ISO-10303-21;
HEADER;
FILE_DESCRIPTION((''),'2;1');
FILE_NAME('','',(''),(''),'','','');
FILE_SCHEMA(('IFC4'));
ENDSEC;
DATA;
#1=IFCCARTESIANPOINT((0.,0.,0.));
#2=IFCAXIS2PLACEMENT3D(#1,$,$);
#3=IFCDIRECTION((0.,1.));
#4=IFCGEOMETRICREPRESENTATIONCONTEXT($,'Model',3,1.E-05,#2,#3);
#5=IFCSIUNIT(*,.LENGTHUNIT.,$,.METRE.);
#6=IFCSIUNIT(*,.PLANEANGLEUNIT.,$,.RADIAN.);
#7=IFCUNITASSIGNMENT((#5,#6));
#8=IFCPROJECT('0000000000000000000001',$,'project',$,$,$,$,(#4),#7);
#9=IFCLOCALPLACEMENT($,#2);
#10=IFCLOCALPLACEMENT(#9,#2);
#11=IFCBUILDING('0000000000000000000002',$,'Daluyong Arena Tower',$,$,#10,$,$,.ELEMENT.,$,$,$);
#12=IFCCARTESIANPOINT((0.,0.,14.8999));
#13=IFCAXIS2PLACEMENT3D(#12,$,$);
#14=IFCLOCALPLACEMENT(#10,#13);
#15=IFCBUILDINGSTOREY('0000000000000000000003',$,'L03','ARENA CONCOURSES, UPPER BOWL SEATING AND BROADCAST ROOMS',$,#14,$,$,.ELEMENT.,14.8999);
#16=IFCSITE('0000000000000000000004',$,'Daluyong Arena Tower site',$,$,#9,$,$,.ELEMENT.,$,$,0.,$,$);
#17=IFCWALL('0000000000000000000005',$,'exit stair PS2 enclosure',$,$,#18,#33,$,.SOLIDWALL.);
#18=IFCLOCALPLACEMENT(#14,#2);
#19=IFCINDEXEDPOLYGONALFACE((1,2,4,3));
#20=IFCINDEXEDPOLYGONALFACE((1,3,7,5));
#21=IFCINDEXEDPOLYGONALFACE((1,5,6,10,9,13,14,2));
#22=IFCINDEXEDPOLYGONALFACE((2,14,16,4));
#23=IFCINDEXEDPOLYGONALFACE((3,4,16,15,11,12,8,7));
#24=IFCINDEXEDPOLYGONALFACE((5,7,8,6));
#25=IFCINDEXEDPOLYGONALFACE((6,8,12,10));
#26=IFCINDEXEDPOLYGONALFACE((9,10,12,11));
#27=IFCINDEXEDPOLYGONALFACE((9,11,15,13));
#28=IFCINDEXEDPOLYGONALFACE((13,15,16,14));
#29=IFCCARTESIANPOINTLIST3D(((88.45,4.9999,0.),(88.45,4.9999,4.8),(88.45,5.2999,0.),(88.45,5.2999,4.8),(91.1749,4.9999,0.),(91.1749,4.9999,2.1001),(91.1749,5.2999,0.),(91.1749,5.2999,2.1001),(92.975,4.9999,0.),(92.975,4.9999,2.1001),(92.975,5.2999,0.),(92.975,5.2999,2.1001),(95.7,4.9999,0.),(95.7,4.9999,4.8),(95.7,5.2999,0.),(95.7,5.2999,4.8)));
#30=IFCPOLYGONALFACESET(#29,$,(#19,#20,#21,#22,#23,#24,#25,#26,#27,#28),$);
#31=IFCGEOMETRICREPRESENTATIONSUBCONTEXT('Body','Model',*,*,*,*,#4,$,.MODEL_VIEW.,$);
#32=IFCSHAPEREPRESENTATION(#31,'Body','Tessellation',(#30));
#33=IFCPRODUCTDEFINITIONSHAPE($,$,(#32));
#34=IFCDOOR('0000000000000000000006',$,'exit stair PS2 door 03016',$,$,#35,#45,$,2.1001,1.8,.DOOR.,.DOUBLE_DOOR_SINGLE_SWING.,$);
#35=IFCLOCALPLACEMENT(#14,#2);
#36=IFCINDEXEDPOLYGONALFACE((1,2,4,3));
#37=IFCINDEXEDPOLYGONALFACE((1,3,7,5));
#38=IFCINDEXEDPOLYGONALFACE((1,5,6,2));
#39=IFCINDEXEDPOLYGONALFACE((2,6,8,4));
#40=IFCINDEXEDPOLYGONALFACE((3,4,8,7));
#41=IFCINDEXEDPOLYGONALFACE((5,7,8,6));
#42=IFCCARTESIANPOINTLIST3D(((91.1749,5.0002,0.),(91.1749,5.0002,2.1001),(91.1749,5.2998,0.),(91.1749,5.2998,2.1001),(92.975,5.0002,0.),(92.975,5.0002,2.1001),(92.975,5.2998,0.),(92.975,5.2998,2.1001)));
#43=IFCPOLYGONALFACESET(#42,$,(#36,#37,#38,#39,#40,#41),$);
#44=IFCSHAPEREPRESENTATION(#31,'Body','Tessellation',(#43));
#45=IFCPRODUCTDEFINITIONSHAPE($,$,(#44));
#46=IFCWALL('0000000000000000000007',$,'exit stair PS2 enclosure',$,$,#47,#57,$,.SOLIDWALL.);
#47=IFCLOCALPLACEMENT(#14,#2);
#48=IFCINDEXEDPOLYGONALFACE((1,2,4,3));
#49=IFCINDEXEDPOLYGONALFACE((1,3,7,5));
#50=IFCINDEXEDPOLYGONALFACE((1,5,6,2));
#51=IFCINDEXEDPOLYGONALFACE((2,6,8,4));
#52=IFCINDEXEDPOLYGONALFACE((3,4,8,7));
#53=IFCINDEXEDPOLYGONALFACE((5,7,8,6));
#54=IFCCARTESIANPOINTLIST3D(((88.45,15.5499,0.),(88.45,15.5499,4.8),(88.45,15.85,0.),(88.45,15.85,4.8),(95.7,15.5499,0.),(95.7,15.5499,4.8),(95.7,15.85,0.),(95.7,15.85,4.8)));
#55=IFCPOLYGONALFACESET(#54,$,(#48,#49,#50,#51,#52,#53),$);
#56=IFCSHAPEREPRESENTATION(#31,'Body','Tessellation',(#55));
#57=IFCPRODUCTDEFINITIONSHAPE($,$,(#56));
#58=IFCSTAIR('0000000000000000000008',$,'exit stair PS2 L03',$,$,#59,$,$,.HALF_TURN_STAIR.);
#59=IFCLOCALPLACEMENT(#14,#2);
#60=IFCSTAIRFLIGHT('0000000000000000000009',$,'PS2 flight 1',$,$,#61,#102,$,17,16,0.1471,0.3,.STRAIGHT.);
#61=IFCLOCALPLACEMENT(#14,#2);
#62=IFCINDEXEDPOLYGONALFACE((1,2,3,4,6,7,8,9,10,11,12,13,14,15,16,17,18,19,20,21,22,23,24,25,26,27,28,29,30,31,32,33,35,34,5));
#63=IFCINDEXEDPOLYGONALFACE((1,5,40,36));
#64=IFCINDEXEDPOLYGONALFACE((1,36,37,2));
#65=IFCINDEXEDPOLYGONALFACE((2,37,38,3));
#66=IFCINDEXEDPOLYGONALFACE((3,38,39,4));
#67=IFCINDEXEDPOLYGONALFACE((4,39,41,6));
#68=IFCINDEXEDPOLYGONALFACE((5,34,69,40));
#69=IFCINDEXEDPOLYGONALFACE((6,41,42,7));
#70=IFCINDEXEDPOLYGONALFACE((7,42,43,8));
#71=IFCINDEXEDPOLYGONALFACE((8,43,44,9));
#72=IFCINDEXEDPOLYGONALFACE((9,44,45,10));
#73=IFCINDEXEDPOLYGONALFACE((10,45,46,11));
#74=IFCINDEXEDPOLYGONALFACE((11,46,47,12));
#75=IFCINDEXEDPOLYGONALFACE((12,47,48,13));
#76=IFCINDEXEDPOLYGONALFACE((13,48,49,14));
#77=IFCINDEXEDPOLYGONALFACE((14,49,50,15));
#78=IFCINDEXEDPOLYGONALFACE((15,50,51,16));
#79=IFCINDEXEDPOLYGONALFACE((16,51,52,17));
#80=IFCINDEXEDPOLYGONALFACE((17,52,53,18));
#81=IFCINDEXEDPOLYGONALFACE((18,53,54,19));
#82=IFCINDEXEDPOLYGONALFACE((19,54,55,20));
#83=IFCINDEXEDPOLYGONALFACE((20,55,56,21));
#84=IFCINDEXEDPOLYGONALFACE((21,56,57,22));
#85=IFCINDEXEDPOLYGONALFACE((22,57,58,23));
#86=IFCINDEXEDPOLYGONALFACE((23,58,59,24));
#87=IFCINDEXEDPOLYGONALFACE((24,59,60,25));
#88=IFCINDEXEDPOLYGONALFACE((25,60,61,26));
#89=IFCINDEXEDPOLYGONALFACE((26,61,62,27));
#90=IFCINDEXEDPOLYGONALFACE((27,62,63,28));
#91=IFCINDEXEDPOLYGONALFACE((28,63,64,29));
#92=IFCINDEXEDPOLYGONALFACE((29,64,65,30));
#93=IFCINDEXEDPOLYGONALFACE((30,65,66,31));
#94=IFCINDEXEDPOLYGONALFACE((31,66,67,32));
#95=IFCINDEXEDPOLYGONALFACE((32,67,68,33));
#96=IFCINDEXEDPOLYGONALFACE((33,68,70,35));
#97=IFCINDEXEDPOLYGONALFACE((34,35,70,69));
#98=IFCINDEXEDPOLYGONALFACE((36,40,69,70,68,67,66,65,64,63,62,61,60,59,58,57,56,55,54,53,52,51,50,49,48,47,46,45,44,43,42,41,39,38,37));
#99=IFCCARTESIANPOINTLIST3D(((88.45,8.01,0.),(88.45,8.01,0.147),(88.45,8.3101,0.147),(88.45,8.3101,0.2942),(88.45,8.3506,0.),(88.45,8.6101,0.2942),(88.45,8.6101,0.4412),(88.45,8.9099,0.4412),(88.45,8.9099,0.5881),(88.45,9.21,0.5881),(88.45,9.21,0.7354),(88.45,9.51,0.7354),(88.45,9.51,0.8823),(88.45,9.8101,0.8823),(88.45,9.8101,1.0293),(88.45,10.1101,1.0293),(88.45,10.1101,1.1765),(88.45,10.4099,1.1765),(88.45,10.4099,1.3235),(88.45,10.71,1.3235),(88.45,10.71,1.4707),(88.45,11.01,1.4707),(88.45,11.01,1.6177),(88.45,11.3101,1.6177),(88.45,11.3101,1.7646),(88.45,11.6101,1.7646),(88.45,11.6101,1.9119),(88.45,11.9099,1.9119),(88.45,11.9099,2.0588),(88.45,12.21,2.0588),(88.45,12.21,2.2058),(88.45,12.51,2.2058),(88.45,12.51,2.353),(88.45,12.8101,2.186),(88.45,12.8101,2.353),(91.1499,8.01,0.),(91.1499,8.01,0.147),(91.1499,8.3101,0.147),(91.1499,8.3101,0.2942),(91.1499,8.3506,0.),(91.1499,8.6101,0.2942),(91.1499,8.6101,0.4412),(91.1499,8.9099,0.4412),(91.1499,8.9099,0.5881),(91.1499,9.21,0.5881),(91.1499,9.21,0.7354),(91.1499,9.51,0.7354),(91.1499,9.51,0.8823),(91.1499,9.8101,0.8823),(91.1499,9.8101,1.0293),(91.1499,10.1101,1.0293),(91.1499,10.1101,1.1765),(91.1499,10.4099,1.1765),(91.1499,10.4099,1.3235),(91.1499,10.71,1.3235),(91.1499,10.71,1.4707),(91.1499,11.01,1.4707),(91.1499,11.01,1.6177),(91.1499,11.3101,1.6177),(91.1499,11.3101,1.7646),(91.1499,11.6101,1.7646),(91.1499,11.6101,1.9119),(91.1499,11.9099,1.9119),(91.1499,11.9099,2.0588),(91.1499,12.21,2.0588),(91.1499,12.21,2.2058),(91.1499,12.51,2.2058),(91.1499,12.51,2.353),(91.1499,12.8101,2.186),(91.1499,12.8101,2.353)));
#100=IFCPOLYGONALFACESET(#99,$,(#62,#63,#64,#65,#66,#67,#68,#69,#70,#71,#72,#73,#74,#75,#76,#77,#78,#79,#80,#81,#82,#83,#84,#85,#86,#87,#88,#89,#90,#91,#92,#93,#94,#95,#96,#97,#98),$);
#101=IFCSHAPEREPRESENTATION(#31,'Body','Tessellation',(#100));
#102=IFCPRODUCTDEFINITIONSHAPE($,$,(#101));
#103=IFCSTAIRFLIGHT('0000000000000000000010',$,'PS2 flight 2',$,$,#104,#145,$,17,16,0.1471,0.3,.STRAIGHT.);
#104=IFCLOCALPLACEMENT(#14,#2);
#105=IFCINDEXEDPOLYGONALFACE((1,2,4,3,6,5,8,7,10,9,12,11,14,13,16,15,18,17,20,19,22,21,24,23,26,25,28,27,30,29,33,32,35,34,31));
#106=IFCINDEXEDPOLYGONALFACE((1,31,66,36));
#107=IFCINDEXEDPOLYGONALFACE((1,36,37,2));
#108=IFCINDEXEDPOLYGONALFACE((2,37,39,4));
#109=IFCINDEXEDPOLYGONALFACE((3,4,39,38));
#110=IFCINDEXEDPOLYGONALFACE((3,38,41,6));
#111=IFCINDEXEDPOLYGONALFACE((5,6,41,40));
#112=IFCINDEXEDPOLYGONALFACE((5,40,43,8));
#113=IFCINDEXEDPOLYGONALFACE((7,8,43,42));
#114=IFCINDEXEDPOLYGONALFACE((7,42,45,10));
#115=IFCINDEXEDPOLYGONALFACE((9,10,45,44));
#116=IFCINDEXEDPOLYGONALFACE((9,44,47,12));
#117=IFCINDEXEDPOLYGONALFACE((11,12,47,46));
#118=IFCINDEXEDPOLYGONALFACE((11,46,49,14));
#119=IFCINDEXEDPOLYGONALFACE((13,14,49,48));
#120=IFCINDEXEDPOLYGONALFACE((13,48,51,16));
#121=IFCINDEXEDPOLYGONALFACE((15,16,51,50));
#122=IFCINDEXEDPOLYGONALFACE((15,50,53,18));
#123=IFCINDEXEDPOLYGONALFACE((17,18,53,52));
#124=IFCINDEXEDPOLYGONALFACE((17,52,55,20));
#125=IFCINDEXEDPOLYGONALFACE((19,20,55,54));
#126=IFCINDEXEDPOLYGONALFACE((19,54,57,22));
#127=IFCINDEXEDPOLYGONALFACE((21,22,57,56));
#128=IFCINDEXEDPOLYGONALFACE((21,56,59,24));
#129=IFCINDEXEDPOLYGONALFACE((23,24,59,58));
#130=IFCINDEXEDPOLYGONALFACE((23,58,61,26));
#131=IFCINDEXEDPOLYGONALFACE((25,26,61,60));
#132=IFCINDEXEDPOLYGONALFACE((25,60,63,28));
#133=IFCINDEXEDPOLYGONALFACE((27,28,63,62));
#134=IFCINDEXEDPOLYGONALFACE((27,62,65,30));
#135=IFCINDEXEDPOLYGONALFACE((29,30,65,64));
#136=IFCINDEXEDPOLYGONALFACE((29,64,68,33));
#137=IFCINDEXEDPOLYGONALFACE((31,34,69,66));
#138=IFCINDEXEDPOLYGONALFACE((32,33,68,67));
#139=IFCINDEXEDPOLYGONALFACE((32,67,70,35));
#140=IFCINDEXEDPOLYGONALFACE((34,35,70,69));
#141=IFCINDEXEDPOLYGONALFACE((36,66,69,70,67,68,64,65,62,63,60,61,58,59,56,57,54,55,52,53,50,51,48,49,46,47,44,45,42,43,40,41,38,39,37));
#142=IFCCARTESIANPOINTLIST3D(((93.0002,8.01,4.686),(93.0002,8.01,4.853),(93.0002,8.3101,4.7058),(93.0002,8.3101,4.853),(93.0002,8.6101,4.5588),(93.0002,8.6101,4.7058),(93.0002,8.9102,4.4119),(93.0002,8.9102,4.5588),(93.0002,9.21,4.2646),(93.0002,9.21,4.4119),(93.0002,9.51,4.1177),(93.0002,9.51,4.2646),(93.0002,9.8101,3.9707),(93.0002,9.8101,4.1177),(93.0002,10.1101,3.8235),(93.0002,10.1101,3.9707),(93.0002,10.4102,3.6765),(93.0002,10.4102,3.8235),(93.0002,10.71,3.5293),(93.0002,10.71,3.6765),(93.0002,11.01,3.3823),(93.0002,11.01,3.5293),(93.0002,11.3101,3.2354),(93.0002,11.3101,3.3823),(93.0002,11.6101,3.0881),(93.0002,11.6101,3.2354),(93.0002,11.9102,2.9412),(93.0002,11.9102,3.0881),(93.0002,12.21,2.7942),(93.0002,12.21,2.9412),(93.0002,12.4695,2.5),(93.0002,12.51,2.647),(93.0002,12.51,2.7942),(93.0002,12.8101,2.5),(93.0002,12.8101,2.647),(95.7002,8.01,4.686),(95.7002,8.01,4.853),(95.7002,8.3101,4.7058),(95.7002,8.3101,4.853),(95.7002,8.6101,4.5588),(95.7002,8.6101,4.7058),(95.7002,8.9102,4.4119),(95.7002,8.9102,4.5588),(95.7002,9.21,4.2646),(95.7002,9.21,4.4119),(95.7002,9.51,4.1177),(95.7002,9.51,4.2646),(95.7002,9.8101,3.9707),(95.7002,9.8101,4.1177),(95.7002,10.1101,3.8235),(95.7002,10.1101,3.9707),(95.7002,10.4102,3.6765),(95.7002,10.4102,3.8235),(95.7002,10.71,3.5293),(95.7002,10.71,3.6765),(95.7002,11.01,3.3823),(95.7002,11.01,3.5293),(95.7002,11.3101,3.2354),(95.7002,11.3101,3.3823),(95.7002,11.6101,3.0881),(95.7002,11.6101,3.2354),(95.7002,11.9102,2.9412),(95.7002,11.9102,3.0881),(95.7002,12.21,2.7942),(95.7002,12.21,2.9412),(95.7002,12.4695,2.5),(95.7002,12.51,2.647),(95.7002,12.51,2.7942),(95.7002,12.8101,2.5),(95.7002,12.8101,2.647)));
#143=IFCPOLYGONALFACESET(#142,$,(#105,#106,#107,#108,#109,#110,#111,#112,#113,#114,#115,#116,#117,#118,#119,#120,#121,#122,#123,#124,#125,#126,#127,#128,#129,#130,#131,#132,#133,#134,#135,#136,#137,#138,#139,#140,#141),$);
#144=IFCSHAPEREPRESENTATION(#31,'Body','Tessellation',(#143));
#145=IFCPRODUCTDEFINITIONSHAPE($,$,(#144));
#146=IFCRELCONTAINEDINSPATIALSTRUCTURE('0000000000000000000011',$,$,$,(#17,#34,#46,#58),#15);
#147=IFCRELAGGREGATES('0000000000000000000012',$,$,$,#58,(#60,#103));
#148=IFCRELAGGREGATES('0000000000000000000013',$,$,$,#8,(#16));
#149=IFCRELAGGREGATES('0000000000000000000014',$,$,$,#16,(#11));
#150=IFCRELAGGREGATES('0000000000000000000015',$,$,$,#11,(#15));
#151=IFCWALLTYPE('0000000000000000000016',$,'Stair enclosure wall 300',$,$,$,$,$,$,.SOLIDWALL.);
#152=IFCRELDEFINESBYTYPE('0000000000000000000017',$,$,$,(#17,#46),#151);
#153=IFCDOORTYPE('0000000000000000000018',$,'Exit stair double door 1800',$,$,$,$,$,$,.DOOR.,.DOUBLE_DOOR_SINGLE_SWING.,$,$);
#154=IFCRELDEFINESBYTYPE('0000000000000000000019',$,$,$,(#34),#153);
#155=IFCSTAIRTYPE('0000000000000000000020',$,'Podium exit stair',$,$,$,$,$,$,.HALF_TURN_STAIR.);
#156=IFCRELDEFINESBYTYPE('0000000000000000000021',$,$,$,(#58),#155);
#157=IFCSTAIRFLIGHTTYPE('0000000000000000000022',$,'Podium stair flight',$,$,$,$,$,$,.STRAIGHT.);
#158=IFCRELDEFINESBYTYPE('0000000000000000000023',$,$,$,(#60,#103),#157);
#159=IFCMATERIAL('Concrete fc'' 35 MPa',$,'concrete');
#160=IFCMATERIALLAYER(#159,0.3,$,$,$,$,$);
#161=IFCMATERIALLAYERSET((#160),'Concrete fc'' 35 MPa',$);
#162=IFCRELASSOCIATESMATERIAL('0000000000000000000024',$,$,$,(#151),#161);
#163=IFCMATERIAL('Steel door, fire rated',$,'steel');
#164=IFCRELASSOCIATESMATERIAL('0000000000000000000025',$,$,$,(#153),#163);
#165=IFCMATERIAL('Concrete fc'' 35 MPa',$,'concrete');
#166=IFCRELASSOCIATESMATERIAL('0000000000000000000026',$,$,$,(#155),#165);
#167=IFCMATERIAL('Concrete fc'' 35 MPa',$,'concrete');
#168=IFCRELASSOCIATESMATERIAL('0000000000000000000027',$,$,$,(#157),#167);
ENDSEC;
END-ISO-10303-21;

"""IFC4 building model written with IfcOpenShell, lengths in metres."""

from ifc_helpers import new_model, si_unit, direction, frame, frame_2d, origin, place, context, subcontext, project, spatial, polyline, rectangle, outline, extrude, material, layer, layer_set, type_object, element, fill, aggregate, save


model = new_model("IFC4")

# Units and contexts
model_context = context("Model", 3, precision=1e-05, world=origin(), true_north=direction((0.0, 1.0)))
body_context = subcontext(model_context, "Body", "Model", "MODEL_VIEW")
ifc_project = project(units=[si_unit("LENGTHUNIT", "METRE"), si_unit("PLANEANGLEUNIT", "RADIAN")], contexts=[model_context])

# Site, building, storey
site_placement = place(None, origin())
site = spatial("IfcSite", under=ifc_project, at=site_placement, Name="Daluyong Arena Tower site", CompositionType="ELEMENT", RefElevation=0.0)
building_placement = place(site_placement, origin())
building = spatial("IfcBuilding", under=site, at=building_placement, Name="Daluyong Arena Tower", CompositionType="ELEMENT")
storey_placement = place(building_placement, frame((0.0, 0.0, 14.8999)))
storey = spatial("IfcBuildingStorey", under=building, at=storey_placement, Name="L03", Description="ARENA CONCOURSES, UPPER BOWL SEATING AND BROADCAST ROOMS", CompositionType="ELEMENT", Elevation=14.8999)

# Shared definitions
ifc_material_1 = material(Name="Concrete fc' 35 MPa", Category="concrete")
ifc_layer = layer(ifc_material_1, 0.3)
ifc_layer_set = layer_set([ifc_layer], Name="Concrete fc' 35 MPa")
wall_type = type_object("IfcWallType", Name="Stair enclosure wall 300", PredefinedType="SOLIDWALL", material=ifc_layer_set)

# Wall, opening, door
wall_1_placement = place(storey_placement, frame((88.45, 5.1499, 0.0), z_axis=(0.0, 0.0, 1.0), x_axis=(1.0, 0.0, 0.0)))
wall_1 = element("IfcWall", 1, at=wall_1_placement, inside=storey, type_object=wall_type, Name="exit stair PS2 enclosure", PredefinedType="SOLIDWALL", context=body_context, shape_type="SweptSolid", body=[
    extrude(rectangle(XDim=7.25, YDim=0.3, at=frame_2d((3.625, 0.0))), origin(), (0.0, 0.0, 1.0), 4.8),
])
opening_placement = place(wall_1_placement, frame((2.7251, 0.0, 0.0)))
opening = element("IfcOpeningElement", 2, at=opening_placement, cuts=wall_1, PredefinedType="OPENING", context=body_context, shape_type="SweptSolid", body=[
    extrude(rectangle(XDim=1.8, YDim=2.1001, at=frame_2d((0.8999, 1.05))), frame((0.0, 0.1599, 0.0), z_axis=(0.0, -1.0, 0.0), x_axis=(1.0, 0.0, 0.0)), (0.0, 0.0, 1.0), 0.3201),
])
ifc_material_2 = material(Name="Steel door, fire rated", Category="steel")
door_type = type_object("IfcDoorType", Name="Exit stair double door 1800", OperationType="DOUBLE_DOOR_SINGLE_SWING", PredefinedType="DOOR", material=ifc_material_2)
door_placement = place(opening_placement, origin())
door = element("IfcDoor", 3, at=door_placement, inside=storey, type_object=door_type, Name="exit stair PS2 door 03016", OperationType="DOUBLE_DOOR_SINGLE_SWING", OverallHeight=2.1001, OverallWidth=1.8, PredefinedType="DOOR", context=body_context, shape_type="SweptSolid", body=[
    extrude(rectangle(XDim=1.8, YDim=2.1001, at=frame_2d((0.8999, 1.05))), frame((0.0, 0.1499, 0.0), z_axis=(0.0, -1.0, 0.0), x_axis=(1.0, 0.0, 0.0)), (0.0, 0.0, 1.0), 0.2996),
])
fill(opening, door)

# Wall
wall_2_placement = place(storey_placement, frame((88.45, 15.7, 0.0), z_axis=(0.0, 0.0, 1.0), x_axis=(1.0, 0.0, 0.0)))
element("IfcWall", 4, at=wall_2_placement, inside=storey, type_object=wall_type, Name="exit stair PS2 enclosure", PredefinedType="SOLIDWALL", context=body_context, shape_type="SweptSolid", body=[
    extrude(rectangle(XDim=7.25, YDim=0.3, at=frame_2d((3.625, 0.0))), origin(), (0.0, 0.0, 1.0), 4.8),
])

# Stair, stair flights
ifc_material_3 = material(Name="Concrete fc' 35 MPa", Category="concrete")
stair_type = type_object("IfcStairType", Name="Podium exit stair", PredefinedType="HALF_TURN_STAIR", material=ifc_material_3)
stair_placement = place(storey_placement, origin())
stair = element("IfcStair", 5, at=stair_placement, inside=storey, type_object=stair_type, Name="exit stair PS2 L03", PredefinedType="HALF_TURN_STAIR")
ifc_material_4 = material(Name="Concrete fc' 35 MPa", Category="concrete")
stair_flight_type = type_object("IfcStairFlightType", Name="Podium stair flight", PredefinedType="STRAIGHT", material=ifc_material_4)
stair_flight_1_placement = place(storey_placement, frame((89.8, 8.01, 0.0), z_axis=(0.0, 0.0, 1.0), x_axis=(0.0, 1.0, 0.0)))
stair_flight_1 = element("IfcStairFlight", 6, at=stair_flight_1_placement, type_object=stair_flight_type, Name="PS2 flight 1", NumberOfRisers=17, NumberOfTreads=16, PredefinedType="STRAIGHT", RiserHeight=0.1471, TreadLength=0.3, context=body_context, shape_type="SweptSolid", body=[
    extrude(outline(polyline([(0.0, 0.0), (0.0, 0.147), (0.3, 0.147), (0.3, 0.2942), (0.6001, 0.2942), (0.6001, 0.4412), (0.8999, 0.4412), (0.8999, 0.5881), (1.2, 0.5881), (1.2, 0.7354), (1.5, 0.7354), (1.5, 0.8823), (1.8, 0.8823), (1.8, 1.0293), (2.1001, 1.0293), (2.1001, 1.1765), (2.3999, 1.1765), (2.3999, 1.3235), (2.7, 1.3235), (2.7, 1.4707), (3.0, 1.4707), (3.0, 1.6177), (3.3, 1.6177), (3.3, 1.7646), (3.6001, 1.7646), (3.6001, 1.9119), (3.8999, 1.9119), (3.8999, 2.0588), (4.2, 2.0588), (4.2, 2.2058), (4.5, 2.2058), (4.5, 2.353), (4.8, 2.353), (4.8, 2.5), (4.8, 2.186), (0.3406, 0.0), (0.0, 0.0)])), frame((0.0, 1.3501, 0.0), z_axis=(0.0, -1.0, 0.0), x_axis=(1.0, 0.0, 0.0)), (0.0, 0.0, 1.0), 2.7),
])
stair_flight_2_placement = place(storey_placement, frame((94.3501, 12.8101, 2.5), z_axis=(0.0, 0.0, 1.0), x_axis=(0.0, -1.0, 0.0)))
stair_flight_2 = element("IfcStairFlight", 7, at=stair_flight_2_placement, type_object=stair_flight_type, Name="PS2 flight 2", NumberOfRisers=17, NumberOfTreads=16, PredefinedType="STRAIGHT", RiserHeight=0.1471, TreadLength=0.3, context=body_context, shape_type="SweptSolid", body=[
    extrude(outline(polyline([(0.0, 0.0), (0.0, 0.147), (0.3, 0.147), (0.3, 0.2942), (0.6001, 0.2942), (0.6001, 0.4412), (0.8999, 0.4412), (0.8999, 0.5881), (1.2, 0.5881), (1.2, 0.7354), (1.5, 0.7354), (1.5, 0.8823), (1.8, 0.8823), (1.8, 1.0293), (2.1001, 1.0293), (2.1001, 1.1765), (2.3999, 1.1765), (2.3999, 1.3235), (2.7, 1.3235), (2.7, 1.4707), (3.0, 1.4707), (3.0, 1.6177), (3.3, 1.6177), (3.3, 1.7646), (3.6001, 1.7646), (3.6001, 1.9119), (3.8999, 1.9119), (3.8999, 2.0588), (4.2, 2.0588), (4.2, 2.2058), (4.5, 2.2058), (4.5, 2.353), (4.8, 2.353), (4.8, 2.5), (4.8, 2.186), (0.3406, 0.0), (0.0, 0.0)])), frame((0.0, 1.3501, 0.0), z_axis=(0.0, -1.0, 0.0), x_axis=(1.0, 0.0, 0.0)), (0.0, 0.0, 1.0), 2.7),
])
aggregate(stair, [stair_flight_1, stair_flight_2])

save(model, "model.ifc")
